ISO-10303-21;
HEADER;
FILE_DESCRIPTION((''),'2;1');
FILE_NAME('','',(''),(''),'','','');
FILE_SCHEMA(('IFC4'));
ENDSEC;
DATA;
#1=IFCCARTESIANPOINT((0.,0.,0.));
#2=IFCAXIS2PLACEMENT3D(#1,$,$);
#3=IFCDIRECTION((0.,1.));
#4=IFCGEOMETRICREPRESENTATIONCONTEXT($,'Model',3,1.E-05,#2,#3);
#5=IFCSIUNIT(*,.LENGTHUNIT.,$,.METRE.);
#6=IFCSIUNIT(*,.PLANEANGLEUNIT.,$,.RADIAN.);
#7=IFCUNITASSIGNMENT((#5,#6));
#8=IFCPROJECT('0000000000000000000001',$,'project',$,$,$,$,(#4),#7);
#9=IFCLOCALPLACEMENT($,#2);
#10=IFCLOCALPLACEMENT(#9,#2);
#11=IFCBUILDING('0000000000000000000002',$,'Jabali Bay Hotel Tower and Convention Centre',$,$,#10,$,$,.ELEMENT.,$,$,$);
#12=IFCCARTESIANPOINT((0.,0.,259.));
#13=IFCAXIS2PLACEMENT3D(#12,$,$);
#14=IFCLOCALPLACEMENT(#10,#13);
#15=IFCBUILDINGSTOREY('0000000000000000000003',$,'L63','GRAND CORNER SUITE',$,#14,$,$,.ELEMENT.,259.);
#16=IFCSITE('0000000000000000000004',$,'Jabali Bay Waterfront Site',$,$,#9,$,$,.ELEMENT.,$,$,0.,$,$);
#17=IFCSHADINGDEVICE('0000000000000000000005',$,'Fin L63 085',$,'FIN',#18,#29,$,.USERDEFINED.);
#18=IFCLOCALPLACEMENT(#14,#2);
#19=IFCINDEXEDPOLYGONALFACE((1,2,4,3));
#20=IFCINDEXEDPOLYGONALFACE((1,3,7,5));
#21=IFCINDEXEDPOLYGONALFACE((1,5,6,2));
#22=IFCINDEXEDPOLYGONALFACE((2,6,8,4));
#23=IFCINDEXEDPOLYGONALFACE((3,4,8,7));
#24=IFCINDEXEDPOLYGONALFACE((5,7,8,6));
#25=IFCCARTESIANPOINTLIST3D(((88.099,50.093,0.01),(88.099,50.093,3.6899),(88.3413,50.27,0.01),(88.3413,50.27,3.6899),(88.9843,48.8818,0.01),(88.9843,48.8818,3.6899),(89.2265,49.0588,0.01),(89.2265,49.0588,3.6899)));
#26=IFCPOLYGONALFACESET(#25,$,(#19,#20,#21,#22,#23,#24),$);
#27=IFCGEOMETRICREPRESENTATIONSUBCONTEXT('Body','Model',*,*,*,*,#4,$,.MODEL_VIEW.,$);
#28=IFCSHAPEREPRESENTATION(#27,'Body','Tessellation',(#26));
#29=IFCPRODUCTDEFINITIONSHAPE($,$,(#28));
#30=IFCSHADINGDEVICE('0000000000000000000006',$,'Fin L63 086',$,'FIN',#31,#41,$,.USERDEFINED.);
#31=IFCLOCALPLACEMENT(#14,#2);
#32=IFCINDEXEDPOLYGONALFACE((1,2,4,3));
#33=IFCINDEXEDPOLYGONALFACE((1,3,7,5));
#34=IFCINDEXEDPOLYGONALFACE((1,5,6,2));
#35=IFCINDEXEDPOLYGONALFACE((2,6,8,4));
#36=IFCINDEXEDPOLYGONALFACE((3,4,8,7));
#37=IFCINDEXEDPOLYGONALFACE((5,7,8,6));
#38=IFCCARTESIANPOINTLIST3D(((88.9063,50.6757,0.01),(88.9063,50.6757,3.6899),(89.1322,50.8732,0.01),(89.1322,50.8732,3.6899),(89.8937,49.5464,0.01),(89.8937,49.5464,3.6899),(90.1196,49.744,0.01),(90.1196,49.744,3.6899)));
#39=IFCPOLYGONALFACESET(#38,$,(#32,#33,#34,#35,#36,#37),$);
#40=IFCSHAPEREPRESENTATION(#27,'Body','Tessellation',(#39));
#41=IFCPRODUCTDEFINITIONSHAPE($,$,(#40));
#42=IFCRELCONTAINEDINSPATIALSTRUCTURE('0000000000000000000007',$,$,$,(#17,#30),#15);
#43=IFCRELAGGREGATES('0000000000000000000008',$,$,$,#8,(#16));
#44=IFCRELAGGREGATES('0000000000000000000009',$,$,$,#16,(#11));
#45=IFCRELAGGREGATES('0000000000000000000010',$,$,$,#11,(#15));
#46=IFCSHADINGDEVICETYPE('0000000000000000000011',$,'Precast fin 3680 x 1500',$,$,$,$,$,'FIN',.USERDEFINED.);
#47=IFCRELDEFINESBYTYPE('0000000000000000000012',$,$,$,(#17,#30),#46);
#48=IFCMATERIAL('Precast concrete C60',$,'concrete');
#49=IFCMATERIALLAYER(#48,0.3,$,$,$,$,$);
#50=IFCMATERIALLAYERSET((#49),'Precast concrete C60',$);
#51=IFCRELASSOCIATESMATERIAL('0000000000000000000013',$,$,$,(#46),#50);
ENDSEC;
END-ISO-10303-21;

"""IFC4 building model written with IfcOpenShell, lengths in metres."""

from ifc_helpers import new_model, si_unit, direction, frame, frame_2d, origin, place, context, subcontext, project, spatial, rectangle, extrude, material, layer, layer_set, type_object, element, save


model = new_model("IFC4")

# Units and contexts
model_context = context("Model", 3, precision=1e-05, world=origin(), true_north=direction((0.0, 1.0)))
body_context = subcontext(model_context, "Body", "Model", "MODEL_VIEW")
ifc_project = project(units=[si_unit("LENGTHUNIT", "METRE"), si_unit("PLANEANGLEUNIT", "RADIAN")], contexts=[model_context])

# Site, building, storey
site_placement = place(None, origin())
site = spatial("IfcSite", under=ifc_project, at=site_placement, Name="Jabali Bay Waterfront Site", CompositionType="ELEMENT", RefElevation=0.0)
building_placement = place(site_placement, origin())
building = spatial("IfcBuilding", under=site, at=building_placement, Name="Jabali Bay Hotel Tower and Convention Centre", CompositionType="ELEMENT")
storey_placement = place(building_placement, frame((0.0, 0.0, 259.0)))
storey = spatial("IfcBuildingStorey", under=building, at=storey_placement, Name="L63", Description="GRAND CORNER SUITE", CompositionType="ELEMENT", Elevation=259.0)

# Shading devices
ifc_material_1 = material(Name="Precast concrete C60", Category="concrete")
ifc_layer_1 = layer(ifc_material_1, 0.3)
ifc_layer_set_1 = layer_set([ifc_layer_1], Name="Precast concrete C60")
shading_device_type_1 = type_object("IfcShadingDeviceType", Name="Precast fin 3680 x 1500", ElementType="FIN", PredefinedType="USERDEFINED", material=ifc_layer_set_1)
shading_device_1_placement = place(storey_placement, frame((88.2202, 50.1814, 0.01), z_axis=(0.0, 0.0, 1.0), x_axis=(0.590086, -0.80734, 0.0)))
element("IfcShadingDevice", 1, at=shading_device_1_placement, inside=storey, type_object=shading_device_type_1, Name="Fin L63 085", ObjectType="FIN", PredefinedType="USERDEFINED", context=body_context, shape_type="SweptSolid", body=[
    extrude(rectangle(XDim=1.5002, YDim=0.3, at=frame_2d((0.75, 0.0))), origin(), (0.0, 0.0, 1.0), 3.6799),
])
shading_device_2_placement = place(storey_placement, frame((89.0193, 50.7744, 0.01), z_axis=(0.0, 0.0, 1.0), x_axis=(0.65824, -0.752809, 0.0)))
element("IfcShadingDevice", 2, at=shading_device_2_placement, inside=storey, type_object=shading_device_type_1, Name="Fin L63 086", ObjectType="FIN", PredefinedType="USERDEFINED", context=body_context, shape_type="SweptSolid", body=[
    extrude(rectangle(XDim=1.5, YDim=0.3, at=frame_2d((0.75, 0.0))), origin(), (0.0, 0.0, 1.0), 3.6799),
])

save(model, "model.ifc")
